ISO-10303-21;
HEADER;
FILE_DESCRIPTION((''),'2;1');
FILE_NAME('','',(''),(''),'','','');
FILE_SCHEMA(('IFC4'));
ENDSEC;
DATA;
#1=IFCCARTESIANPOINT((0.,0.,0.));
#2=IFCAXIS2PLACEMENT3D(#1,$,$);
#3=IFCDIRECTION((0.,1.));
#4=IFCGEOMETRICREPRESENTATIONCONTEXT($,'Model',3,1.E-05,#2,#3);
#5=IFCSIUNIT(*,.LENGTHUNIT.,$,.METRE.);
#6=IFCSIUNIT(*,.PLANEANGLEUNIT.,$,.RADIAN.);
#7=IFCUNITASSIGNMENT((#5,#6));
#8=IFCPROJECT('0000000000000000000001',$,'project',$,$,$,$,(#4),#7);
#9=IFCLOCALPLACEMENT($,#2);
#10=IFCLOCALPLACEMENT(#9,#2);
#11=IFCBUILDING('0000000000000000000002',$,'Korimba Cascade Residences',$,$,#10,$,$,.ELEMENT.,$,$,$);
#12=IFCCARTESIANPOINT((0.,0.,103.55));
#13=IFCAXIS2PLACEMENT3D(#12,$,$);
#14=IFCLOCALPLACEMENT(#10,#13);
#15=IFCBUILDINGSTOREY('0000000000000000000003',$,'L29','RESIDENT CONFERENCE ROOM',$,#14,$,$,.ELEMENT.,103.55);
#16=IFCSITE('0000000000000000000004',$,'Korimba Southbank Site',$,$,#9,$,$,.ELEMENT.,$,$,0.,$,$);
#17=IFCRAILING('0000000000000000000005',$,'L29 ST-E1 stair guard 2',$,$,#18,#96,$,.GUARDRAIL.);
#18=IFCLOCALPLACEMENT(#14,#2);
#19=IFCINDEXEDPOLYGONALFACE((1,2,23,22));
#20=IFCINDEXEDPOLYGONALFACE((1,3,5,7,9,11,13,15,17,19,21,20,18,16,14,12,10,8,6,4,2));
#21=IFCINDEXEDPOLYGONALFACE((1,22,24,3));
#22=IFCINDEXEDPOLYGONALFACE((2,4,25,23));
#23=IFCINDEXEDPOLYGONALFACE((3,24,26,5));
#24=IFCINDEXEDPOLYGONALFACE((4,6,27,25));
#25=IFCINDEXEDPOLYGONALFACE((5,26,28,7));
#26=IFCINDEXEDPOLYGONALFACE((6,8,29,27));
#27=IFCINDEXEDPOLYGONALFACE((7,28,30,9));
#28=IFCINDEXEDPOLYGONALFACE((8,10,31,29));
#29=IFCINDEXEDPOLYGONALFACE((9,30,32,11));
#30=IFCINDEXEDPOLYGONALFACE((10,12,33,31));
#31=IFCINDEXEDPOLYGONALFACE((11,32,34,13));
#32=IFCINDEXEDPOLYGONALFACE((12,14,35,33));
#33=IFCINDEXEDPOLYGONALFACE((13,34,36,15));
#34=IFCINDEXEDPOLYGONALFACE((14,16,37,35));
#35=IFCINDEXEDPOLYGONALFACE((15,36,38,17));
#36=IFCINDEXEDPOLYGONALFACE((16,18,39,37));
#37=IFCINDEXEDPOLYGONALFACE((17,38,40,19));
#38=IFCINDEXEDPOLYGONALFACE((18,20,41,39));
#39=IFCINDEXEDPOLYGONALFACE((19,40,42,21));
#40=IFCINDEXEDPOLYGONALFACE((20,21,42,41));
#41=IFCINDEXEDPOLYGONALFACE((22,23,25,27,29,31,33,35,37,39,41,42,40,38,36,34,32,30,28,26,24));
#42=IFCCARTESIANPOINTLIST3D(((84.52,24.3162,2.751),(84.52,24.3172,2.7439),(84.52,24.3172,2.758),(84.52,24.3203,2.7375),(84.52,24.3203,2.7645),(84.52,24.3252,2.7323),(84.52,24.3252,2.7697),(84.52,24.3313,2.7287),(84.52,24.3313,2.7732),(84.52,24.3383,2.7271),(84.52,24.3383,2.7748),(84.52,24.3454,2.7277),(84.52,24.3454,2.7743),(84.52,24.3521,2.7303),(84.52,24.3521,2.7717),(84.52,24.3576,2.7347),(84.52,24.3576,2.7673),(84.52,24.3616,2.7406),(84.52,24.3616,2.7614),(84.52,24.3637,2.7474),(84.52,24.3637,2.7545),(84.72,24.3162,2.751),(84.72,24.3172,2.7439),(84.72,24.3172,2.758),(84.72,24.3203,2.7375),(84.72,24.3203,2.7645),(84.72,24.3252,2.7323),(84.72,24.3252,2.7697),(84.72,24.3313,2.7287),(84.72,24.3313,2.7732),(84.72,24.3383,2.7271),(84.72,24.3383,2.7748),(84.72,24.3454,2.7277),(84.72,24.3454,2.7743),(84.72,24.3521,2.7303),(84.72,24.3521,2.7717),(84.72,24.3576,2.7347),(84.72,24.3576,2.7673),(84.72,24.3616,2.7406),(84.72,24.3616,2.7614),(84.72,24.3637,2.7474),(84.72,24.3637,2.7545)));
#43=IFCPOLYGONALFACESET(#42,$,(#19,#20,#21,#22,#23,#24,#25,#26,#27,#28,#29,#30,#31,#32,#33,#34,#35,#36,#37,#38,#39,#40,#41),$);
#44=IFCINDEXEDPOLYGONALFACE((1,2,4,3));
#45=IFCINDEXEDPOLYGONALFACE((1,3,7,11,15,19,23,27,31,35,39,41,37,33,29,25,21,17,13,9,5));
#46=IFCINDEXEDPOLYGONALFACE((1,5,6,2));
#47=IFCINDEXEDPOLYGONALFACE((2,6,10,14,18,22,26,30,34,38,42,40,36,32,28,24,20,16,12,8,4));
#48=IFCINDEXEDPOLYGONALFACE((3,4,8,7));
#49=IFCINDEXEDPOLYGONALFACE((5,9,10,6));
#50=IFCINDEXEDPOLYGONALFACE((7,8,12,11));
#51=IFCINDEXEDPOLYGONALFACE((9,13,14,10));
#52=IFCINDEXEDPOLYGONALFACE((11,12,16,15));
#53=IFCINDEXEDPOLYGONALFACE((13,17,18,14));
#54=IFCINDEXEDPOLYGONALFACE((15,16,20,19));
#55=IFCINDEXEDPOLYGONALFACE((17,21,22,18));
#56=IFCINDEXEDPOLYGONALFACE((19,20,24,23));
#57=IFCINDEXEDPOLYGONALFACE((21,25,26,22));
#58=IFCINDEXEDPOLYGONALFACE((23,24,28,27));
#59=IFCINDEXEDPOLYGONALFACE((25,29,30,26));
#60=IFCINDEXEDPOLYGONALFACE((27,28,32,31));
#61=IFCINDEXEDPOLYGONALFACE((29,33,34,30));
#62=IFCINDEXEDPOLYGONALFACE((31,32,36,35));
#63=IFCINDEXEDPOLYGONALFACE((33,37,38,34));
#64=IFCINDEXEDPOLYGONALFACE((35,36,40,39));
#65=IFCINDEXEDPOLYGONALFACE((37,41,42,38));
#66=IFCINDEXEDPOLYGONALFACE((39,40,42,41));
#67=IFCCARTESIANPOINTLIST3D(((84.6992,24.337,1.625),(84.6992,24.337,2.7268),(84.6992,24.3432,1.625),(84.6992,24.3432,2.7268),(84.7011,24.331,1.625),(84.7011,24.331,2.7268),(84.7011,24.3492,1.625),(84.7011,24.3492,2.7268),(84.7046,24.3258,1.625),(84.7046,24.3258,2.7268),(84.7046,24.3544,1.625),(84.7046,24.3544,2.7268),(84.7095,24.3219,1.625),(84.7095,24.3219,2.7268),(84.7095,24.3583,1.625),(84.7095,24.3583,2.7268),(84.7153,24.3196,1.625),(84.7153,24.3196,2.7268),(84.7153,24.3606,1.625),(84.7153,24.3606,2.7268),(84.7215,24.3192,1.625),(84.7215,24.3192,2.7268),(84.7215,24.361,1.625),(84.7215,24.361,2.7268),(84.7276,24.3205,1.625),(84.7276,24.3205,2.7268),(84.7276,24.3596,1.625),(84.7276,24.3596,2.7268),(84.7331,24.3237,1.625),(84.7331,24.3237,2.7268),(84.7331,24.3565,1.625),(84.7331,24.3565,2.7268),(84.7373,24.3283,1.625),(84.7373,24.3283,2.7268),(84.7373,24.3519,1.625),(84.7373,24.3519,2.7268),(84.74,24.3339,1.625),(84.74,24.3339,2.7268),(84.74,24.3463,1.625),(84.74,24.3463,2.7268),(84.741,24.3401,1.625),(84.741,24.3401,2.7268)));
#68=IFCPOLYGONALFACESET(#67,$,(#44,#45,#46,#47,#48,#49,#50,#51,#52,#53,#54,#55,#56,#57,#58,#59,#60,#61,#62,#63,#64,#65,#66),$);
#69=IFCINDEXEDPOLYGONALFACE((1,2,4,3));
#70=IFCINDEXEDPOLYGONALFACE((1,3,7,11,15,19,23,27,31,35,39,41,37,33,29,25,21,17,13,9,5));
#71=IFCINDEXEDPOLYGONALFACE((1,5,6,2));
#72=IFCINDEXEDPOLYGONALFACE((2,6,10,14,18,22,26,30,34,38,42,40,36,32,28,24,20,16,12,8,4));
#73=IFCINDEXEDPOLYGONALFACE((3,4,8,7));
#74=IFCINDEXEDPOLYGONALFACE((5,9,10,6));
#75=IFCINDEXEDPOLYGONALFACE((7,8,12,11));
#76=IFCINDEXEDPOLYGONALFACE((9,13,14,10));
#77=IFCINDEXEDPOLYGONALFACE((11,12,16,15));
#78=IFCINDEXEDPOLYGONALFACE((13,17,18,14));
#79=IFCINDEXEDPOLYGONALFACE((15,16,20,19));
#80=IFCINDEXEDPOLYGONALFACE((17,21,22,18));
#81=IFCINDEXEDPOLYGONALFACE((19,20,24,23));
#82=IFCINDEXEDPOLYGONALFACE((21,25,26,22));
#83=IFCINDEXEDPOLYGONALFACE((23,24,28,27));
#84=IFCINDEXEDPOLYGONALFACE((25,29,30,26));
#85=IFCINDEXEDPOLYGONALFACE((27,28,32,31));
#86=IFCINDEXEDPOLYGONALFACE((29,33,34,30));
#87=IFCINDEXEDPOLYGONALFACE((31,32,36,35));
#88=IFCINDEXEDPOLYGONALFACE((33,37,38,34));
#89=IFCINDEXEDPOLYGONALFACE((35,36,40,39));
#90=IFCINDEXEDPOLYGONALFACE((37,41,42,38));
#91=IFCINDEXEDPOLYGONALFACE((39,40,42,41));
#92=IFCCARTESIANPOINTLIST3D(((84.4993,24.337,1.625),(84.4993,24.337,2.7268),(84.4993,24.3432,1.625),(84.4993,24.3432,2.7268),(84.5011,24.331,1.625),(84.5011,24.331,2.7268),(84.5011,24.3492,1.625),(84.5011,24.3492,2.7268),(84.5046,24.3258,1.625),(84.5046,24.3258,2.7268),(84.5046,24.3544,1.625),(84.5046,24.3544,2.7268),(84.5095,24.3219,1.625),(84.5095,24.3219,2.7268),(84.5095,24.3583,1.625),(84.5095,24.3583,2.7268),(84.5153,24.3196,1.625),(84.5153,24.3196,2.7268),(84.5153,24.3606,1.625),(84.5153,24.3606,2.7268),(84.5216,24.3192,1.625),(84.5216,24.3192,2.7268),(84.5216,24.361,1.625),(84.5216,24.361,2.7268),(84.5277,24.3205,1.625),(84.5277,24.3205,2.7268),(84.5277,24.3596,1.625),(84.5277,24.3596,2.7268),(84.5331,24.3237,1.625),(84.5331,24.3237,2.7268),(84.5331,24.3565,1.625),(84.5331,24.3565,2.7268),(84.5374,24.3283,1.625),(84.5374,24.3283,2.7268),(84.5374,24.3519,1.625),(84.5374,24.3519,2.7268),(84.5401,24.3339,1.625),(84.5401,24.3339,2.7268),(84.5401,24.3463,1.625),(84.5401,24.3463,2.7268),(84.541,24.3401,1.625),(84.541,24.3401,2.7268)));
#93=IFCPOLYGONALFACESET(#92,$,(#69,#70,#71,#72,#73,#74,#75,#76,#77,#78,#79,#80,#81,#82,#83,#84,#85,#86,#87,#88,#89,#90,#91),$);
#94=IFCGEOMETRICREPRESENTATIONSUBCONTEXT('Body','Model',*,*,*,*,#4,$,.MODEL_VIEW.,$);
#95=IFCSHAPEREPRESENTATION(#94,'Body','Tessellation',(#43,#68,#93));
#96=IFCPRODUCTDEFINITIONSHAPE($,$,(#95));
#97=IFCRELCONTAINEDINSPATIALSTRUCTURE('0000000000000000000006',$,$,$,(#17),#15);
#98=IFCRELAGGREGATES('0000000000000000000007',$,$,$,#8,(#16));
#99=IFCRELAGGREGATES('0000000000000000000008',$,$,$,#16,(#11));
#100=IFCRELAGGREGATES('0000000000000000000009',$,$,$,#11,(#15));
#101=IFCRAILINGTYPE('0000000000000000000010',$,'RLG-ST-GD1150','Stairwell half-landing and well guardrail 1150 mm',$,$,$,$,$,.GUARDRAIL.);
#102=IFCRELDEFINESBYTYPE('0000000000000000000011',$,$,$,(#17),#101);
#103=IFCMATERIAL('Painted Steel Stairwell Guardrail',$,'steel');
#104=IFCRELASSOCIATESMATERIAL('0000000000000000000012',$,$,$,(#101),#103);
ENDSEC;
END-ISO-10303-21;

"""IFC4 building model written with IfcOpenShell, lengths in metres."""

from ifc_helpers import new_model, si_unit, direction, frame, origin, origin_2d, place, context, subcontext, project, spatial, circle, extrude, material, type_object, element, save


model = new_model("IFC4")

# Units and contexts
model_context = context("Model", 3, precision=1e-05, world=origin(), true_north=direction((0.0, 1.0)))
body_context = subcontext(model_context, "Body", "Model", "MODEL_VIEW")
ifc_project = project(units=[si_unit("LENGTHUNIT", "METRE"), si_unit("PLANEANGLEUNIT", "RADIAN")], contexts=[model_context])

# Site, building, storey
site_placement = place(None, origin())
site = spatial("IfcSite", under=ifc_project, at=site_placement, Name="Korimba Southbank Site", CompositionType="ELEMENT", RefElevation=0.0)
building_placement = place(site_placement, origin())
building = spatial("IfcBuilding", under=site, at=building_placement, Name="Korimba Cascade Residences", CompositionType="ELEMENT")
storey_placement = place(building_placement, frame((0.0, 0.0, 103.55)))
storey = spatial("IfcBuildingStorey", under=building, at=storey_placement, Name="L29", Description="RESIDENT CONFERENCE ROOM", CompositionType="ELEMENT", Elevation=103.55)

# Railing
ifc_material_1 = material(Name="Painted Steel Stairwell Guardrail", Category="steel")
railing_type_1 = type_object("IfcRailingType", Name="RLG-ST-GD1150", Description="Stairwell half-landing and well guardrail 1150 mm", PredefinedType="GUARDRAIL", material=ifc_material_1)
railing_1_placement = place(storey_placement, frame((84.72, 24.3401, 1.625)))
element("IfcRailing", 1, at=railing_1_placement, inside=storey, type_object=railing_type_1, Name="L29 ST-E1 stair guard 2", PredefinedType="GUARDRAIL", context=body_context, shape_type="SweptSolid", body=[
    extrude(circle(Radius=0.0239, at=origin_2d()), frame((0.0, 0.0, 1.126), z_axis=(-1.0, 0.0, 0.0), x_axis=(0.0, -1.0, 0.0)), (0.0, 0.0, 1.0), 0.2),
    extrude(circle(Radius=0.021, at=origin_2d()), origin(), (0.0, 0.0, 1.0), 1.1018),
    extrude(circle(Radius=0.021, at=origin_2d()), frame((-0.2, 0.0, 0.0)), (0.0, 0.0, 1.0), 1.1018),
])

save(model, "model.ifc")
